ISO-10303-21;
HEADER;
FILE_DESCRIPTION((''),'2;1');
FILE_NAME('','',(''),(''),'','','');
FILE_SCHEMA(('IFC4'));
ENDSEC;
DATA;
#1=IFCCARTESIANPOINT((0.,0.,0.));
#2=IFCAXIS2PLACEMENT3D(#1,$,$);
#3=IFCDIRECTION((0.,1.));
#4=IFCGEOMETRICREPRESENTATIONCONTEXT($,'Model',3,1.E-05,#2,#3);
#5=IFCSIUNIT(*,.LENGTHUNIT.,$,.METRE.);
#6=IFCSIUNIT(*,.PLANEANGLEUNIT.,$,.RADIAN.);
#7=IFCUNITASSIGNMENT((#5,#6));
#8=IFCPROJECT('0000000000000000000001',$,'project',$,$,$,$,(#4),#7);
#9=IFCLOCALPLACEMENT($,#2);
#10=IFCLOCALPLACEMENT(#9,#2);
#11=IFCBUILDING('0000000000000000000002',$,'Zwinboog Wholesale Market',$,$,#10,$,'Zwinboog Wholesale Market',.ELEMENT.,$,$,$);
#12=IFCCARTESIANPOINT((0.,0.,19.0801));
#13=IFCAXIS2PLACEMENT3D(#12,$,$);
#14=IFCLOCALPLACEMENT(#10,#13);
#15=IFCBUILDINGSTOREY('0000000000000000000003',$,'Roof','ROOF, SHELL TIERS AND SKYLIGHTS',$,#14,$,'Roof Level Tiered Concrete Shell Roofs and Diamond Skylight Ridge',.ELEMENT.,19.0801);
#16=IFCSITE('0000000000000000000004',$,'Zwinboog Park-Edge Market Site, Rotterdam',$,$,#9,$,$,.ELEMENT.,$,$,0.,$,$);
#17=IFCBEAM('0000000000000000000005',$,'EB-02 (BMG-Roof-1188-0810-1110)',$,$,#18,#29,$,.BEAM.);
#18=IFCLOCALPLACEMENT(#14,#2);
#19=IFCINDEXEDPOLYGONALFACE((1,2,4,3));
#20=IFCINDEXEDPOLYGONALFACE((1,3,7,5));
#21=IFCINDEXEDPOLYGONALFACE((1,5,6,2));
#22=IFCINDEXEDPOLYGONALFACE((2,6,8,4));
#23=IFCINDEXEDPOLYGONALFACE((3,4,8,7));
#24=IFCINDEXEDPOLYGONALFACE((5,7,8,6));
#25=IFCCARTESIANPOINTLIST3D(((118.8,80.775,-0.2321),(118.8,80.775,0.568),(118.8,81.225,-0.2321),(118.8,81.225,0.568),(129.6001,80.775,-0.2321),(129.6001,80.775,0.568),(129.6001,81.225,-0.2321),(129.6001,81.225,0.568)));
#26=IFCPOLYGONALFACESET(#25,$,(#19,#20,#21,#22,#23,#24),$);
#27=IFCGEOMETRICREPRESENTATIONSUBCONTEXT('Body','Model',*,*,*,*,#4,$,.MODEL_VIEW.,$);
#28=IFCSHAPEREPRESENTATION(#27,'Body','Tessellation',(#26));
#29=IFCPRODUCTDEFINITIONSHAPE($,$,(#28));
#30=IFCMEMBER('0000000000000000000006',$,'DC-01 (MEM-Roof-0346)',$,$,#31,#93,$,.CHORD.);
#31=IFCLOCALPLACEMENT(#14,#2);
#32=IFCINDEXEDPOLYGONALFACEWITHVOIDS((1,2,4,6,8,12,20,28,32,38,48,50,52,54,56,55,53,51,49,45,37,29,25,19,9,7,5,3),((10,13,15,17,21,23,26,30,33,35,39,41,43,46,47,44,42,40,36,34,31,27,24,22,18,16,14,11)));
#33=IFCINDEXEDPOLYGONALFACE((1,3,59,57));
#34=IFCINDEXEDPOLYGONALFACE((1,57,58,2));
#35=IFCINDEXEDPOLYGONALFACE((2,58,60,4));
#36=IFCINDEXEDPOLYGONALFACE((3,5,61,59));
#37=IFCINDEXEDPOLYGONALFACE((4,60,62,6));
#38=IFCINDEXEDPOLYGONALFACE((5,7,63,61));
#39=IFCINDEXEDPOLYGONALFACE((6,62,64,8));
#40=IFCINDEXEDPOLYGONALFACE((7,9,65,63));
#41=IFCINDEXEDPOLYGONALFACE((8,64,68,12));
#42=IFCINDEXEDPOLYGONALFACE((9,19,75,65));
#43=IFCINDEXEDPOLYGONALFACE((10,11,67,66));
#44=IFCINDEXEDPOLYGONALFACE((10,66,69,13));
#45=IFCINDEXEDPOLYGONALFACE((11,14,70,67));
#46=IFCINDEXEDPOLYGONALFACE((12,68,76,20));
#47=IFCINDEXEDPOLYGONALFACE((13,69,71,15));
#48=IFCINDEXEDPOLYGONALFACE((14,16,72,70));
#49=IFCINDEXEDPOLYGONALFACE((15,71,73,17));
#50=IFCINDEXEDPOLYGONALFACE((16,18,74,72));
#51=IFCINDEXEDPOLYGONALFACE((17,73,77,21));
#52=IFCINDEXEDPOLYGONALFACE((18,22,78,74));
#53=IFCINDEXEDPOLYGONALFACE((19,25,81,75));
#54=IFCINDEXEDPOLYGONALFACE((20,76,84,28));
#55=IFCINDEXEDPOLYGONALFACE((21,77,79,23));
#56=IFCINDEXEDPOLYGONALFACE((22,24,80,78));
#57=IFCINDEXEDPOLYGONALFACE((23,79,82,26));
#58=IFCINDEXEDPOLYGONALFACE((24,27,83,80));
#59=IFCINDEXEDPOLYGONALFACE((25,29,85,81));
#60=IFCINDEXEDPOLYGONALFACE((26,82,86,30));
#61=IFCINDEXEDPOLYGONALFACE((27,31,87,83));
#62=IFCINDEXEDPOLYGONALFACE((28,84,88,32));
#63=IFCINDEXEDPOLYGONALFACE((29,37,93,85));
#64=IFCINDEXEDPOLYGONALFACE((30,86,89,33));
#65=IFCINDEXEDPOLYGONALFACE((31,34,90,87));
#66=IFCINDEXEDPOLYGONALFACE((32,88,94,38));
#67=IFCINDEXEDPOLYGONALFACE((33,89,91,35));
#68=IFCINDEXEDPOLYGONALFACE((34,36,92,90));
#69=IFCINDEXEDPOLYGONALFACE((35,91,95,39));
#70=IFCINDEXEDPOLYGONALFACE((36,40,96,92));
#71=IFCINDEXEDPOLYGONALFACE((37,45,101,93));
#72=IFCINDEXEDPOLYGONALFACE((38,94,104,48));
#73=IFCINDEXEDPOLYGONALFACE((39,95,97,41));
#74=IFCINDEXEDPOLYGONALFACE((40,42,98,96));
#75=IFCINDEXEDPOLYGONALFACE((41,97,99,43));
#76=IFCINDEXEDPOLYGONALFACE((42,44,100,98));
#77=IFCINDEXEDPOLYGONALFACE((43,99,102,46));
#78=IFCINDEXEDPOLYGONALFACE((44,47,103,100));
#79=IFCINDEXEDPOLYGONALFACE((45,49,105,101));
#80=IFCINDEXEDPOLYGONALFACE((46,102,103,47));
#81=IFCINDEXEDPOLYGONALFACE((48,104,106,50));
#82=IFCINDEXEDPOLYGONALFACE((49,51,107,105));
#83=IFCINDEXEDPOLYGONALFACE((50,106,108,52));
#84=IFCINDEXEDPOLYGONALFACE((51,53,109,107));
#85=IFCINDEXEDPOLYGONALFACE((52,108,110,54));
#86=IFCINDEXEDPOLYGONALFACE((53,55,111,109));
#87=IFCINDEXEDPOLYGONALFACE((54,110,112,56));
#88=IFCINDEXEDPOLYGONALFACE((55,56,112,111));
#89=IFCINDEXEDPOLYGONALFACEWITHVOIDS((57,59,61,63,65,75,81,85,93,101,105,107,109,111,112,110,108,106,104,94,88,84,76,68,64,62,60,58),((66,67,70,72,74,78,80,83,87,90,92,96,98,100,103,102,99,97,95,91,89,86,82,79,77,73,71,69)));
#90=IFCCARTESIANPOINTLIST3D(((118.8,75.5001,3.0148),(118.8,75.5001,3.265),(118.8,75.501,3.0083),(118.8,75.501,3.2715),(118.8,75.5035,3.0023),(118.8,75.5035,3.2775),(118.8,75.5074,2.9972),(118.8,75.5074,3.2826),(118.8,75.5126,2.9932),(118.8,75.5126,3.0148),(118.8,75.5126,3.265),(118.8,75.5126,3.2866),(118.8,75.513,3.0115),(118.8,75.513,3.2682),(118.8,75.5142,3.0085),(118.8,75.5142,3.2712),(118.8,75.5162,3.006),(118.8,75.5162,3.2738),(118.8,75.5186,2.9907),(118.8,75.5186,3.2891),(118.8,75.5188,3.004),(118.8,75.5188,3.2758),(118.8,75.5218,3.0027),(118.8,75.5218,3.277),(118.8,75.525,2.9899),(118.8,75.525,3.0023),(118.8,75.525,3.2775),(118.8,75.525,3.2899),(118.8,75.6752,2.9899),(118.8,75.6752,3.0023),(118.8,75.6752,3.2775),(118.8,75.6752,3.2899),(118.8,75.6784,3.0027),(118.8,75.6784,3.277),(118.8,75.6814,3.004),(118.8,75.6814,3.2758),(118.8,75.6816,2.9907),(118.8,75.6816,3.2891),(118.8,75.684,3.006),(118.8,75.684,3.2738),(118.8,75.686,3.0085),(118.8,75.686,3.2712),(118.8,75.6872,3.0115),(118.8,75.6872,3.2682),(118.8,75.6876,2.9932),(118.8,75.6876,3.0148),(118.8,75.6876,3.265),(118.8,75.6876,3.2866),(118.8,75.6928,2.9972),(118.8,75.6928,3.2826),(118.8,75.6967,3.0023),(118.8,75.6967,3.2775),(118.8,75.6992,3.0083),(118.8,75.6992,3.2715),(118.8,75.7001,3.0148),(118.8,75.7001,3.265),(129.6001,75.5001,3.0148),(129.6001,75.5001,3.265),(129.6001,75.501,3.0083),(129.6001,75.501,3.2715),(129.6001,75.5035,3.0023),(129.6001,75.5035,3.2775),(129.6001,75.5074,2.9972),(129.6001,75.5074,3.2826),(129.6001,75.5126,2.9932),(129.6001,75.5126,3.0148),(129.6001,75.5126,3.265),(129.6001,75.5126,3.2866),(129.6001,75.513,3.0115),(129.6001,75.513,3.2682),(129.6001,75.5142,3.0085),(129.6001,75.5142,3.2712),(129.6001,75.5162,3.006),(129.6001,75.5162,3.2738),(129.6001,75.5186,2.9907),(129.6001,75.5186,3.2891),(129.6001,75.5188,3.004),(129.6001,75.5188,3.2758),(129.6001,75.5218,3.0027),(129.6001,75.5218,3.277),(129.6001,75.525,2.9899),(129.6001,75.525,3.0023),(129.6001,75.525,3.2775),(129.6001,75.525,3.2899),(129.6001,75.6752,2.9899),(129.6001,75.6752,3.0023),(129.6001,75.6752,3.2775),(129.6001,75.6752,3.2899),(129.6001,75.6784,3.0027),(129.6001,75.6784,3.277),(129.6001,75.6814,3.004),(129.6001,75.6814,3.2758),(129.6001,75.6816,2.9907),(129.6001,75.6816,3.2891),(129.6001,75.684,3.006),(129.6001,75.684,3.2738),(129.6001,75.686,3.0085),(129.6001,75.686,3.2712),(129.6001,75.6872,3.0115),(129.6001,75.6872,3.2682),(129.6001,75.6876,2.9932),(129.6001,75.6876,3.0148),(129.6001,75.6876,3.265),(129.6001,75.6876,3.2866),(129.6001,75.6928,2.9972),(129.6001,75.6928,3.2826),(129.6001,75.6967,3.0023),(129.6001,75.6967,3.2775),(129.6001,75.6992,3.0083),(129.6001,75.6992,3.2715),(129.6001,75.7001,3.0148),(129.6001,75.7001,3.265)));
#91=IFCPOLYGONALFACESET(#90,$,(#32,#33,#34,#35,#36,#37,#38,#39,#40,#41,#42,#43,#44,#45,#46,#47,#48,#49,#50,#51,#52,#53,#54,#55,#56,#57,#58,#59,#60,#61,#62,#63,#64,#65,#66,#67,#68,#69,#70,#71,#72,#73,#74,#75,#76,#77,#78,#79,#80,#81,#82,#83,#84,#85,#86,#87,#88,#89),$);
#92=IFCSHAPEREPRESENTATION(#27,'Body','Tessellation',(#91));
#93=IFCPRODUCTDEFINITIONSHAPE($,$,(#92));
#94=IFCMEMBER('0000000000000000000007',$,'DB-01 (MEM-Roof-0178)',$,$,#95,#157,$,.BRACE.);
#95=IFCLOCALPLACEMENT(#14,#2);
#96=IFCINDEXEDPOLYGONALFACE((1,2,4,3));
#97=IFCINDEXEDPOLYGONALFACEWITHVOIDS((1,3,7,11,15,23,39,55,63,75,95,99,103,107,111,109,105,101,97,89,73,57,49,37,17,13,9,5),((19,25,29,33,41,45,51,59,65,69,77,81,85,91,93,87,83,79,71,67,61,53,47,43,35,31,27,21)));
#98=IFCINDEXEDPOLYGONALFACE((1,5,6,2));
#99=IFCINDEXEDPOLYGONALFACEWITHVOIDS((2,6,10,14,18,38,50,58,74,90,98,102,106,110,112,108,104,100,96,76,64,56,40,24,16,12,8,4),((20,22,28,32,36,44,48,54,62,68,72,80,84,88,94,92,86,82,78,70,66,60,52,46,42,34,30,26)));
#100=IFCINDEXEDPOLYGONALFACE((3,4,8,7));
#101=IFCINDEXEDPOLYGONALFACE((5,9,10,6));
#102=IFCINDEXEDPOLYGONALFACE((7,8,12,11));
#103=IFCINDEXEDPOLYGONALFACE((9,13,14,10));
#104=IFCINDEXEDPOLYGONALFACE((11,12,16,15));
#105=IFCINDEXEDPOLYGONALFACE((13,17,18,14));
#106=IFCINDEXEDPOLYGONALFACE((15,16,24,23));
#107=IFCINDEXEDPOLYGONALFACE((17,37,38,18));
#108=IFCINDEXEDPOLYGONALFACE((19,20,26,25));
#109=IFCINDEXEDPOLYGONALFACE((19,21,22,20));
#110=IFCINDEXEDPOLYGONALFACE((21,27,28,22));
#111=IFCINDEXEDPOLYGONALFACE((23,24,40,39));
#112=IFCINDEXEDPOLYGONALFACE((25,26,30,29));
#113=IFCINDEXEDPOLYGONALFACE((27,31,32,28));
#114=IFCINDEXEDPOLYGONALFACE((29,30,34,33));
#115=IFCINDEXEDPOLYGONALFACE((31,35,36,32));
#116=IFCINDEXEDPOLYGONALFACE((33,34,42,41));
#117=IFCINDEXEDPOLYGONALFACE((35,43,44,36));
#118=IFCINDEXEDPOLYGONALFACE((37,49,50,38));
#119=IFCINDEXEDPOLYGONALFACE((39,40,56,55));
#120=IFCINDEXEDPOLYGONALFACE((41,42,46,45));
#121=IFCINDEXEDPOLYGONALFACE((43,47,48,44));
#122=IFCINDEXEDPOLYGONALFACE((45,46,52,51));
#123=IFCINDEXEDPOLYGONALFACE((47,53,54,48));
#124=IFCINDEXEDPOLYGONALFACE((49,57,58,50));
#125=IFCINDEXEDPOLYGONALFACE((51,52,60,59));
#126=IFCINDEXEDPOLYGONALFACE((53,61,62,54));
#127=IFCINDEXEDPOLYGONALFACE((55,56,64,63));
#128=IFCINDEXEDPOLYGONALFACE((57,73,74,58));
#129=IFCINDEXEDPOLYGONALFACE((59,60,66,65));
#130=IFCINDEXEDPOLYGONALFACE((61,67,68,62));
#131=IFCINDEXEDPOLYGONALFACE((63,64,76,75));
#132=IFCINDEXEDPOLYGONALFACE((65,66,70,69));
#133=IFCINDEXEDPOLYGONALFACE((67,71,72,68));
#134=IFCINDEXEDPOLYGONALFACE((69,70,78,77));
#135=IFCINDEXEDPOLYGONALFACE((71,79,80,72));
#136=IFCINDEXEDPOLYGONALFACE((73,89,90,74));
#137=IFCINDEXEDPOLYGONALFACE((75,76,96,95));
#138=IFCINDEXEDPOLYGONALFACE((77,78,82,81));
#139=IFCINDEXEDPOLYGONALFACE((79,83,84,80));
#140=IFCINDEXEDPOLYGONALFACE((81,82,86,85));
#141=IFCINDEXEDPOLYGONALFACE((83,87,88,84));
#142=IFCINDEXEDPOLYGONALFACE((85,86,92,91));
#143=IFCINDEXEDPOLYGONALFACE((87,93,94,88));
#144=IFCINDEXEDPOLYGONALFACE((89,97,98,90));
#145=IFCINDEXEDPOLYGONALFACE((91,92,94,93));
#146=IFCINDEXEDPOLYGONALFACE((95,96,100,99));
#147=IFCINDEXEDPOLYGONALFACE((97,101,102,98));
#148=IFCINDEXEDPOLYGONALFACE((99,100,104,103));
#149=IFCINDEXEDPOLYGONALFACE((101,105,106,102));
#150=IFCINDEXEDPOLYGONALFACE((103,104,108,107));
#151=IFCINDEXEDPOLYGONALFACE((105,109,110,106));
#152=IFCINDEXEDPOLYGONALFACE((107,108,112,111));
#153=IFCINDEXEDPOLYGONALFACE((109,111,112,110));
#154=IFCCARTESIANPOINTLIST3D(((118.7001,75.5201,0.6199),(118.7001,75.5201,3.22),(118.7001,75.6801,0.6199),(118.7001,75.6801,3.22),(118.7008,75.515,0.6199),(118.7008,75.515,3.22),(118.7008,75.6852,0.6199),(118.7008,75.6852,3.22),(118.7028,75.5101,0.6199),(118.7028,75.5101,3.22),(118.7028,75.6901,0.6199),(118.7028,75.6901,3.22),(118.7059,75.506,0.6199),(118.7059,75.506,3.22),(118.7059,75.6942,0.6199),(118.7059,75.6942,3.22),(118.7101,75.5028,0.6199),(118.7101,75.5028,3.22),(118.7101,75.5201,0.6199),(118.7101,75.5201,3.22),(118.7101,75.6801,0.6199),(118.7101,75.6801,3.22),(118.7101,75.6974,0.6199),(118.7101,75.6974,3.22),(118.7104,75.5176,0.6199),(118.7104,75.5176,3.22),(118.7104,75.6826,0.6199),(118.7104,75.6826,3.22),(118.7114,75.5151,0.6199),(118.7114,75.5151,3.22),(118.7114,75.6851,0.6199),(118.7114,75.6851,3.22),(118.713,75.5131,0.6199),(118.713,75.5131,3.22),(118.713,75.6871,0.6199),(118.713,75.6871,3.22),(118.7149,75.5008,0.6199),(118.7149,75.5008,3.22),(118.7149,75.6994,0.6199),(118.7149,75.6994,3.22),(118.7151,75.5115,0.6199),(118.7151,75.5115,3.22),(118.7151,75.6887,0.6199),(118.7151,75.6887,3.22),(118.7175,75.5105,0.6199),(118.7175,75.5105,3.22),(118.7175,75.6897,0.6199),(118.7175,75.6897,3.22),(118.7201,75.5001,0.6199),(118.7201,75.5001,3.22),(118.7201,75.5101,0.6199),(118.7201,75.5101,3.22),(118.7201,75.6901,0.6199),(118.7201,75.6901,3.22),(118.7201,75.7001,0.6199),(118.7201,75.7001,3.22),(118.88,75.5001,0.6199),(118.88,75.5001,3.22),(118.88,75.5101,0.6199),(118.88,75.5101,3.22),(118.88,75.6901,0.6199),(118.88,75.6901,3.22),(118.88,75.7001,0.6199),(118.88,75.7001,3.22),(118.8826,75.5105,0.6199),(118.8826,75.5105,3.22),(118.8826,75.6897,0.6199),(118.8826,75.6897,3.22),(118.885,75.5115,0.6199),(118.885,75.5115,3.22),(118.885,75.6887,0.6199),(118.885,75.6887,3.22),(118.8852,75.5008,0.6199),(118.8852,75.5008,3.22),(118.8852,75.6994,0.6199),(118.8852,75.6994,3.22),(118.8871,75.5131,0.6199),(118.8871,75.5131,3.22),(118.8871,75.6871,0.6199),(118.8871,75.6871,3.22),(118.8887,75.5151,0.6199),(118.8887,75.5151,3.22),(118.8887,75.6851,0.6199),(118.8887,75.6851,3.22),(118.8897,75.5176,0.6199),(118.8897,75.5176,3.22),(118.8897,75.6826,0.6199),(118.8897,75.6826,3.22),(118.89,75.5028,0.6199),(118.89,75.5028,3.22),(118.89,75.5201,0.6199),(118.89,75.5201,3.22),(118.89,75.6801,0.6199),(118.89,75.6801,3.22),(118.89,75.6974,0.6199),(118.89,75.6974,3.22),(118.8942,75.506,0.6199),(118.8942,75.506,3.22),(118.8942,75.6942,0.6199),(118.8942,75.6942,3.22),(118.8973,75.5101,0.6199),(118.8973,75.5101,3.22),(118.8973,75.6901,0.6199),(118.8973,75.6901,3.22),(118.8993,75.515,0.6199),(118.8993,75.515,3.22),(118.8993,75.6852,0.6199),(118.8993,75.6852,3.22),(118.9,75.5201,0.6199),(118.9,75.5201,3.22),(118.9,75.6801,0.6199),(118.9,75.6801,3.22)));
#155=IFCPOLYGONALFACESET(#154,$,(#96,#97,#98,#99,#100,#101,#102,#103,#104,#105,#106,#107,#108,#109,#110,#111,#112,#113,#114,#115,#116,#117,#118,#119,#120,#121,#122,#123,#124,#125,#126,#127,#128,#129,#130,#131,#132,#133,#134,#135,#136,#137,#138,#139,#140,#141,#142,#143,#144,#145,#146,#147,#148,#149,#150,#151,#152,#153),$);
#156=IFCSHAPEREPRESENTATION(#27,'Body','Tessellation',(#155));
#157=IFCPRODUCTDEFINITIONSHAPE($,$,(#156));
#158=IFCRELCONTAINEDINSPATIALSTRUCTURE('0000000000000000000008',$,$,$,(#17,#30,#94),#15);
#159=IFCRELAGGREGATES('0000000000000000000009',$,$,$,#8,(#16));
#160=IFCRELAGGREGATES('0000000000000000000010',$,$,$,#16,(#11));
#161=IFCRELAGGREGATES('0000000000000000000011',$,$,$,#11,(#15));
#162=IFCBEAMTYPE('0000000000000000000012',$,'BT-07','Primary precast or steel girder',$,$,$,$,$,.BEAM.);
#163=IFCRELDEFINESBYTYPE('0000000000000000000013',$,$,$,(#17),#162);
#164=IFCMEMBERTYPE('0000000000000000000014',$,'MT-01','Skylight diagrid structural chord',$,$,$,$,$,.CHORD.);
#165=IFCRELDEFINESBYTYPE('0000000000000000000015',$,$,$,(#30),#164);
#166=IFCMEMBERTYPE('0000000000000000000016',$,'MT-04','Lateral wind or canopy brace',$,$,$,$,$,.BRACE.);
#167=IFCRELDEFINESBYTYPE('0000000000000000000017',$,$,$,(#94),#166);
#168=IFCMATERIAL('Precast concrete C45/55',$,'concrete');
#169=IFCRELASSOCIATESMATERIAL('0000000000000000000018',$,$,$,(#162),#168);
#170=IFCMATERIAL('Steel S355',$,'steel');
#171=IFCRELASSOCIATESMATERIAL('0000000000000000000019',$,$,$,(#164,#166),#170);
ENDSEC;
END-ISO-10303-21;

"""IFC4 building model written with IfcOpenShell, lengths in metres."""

from ifc_helpers import new_model, si_unit, direction, frame, origin, origin_2d, place, context, subcontext, project, spatial, rectangle, hollow_rectangle, extrude, material, material_profile, profile_set, type_object, element, save


model = new_model("IFC4")

# Units and contexts
model_context = context("Model", 3, precision=1e-05, world=origin(), true_north=direction((0.0, 1.0)))
body_context = subcontext(model_context, "Body", "Model", "MODEL_VIEW")
ifc_project = project(units=[si_unit("LENGTHUNIT", "METRE"), si_unit("PLANEANGLEUNIT", "RADIAN")], contexts=[model_context])

# Site, building, storey
site_placement = place(None, origin())
site = spatial("IfcSite", under=ifc_project, at=site_placement, Name="Zwinboog Park-Edge Market Site, Rotterdam", CompositionType="ELEMENT", RefElevation=0.0)
building_placement = place(site_placement, origin())
building = spatial("IfcBuilding", under=site, at=building_placement, Name="Zwinboog Wholesale Market", LongName="Zwinboog Wholesale Market", CompositionType="ELEMENT")
storey_placement = place(building_placement, frame((0.0, 0.0, 19.0801)))
storey = spatial("IfcBuildingStorey", under=building, at=storey_placement, Name="Roof", Description="ROOF, SHELL TIERS AND SKYLIGHTS", LongName="Roof Level Tiered Concrete Shell Roofs and Diamond Skylight Ridge", CompositionType="ELEMENT", Elevation=19.0801)

# Beam
ifc_material_1 = material(Name="Precast concrete C45/55", Category="concrete")
ifc_material_profile_1 = material_profile(ifc_material_1, rectangle(XDim=0.45, YDim=0.8, at=origin_2d()), Name="PC 450x800")
ifc_profile_set_1 = profile_set([ifc_material_profile_1], Name="Precast concrete C45/55")
beam_type = type_object("IfcBeamType", Name="BT-07", Description="Primary precast or steel girder", PredefinedType="BEAM", material=ifc_profile_set_1)
beam_placement = place(storey_placement, frame((118.8, 81.0, 0.168), z_axis=(1.0, 0.0, 0.0), x_axis=(0.0, 1.0, 0.0)))
element("IfcBeam", 1, at=beam_placement, inside=storey, type_object=beam_type, Name="EB-02 (BMG-Roof-1188-0810-1110)", PredefinedType="BEAM", context=body_context, shape_type="SweptSolid", body=[
    extrude(rectangle(XDim=0.45, YDim=0.8, at=origin_2d()), origin(), (0.0, 0.0, 1.0), 10.8),
])

# Members
ifc_material_2 = material(Name="Steel S355", Category="steel")
ifc_material_profile_2 = material_profile(ifc_material_2, hollow_rectangle(XDim=0.2, YDim=0.3, WallThickness=0.0125, InnerFilletRadius=0.0125, OuterFilletRadius=0.0249, at=origin_2d()), Name="RHS 300x200x12.5")
ifc_profile_set_2 = profile_set([ifc_material_profile_2], Name="Steel S355")
member_type_1 = type_object("IfcMemberType", Name="MT-01", Description="Skylight diagrid structural chord", PredefinedType="CHORD", material=ifc_profile_set_2)
member_1_placement = place(storey_placement, frame((118.8, 75.6001, 3.1399), z_axis=(1.0, 0.0, 0.0), x_axis=(0.0, 1.0, 0.0)))
element("IfcMember", 2, at=member_1_placement, inside=storey, type_object=member_type_1, Name="DC-01 (MEM-Roof-0346)", PredefinedType="CHORD", context=body_context, shape_type="SweptSolid", body=[
    extrude(hollow_rectangle(XDim=0.2, YDim=0.3, WallThickness=0.0125, InnerFilletRadius=0.0125, OuterFilletRadius=0.0249, at=origin_2d()), origin(), (0.0, 0.0, 1.0), 10.8),
])
ifc_material_profile_3 = material_profile(ifc_material_2, hollow_rectangle(XDim=0.2, YDim=0.2, WallThickness=0.01, InnerFilletRadius=0.01, OuterFilletRadius=0.02, at=origin_2d()), Name="SHS 200x200x10")
ifc_profile_set_3 = profile_set([ifc_material_profile_3], Name="Steel S355")
member_type_2 = type_object("IfcMemberType", Name="MT-04", Description="Lateral wind or canopy brace", PredefinedType="BRACE", material=ifc_profile_set_3)
member_2_placement = place(storey_placement, frame((118.8, 75.6001, 0.6199), z_axis=(0.0, 0.0, 1.0), x_axis=(1.0, 0.0, 0.0)))
element("IfcMember", 3, at=member_2_placement, inside=storey, type_object=member_type_2, Name="DB-01 (MEM-Roof-0178)", PredefinedType="BRACE", context=body_context, shape_type="SweptSolid", body=[
    extrude(hollow_rectangle(XDim=0.2, YDim=0.2, WallThickness=0.01, InnerFilletRadius=0.01, OuterFilletRadius=0.02, at=origin_2d()), origin(), (0.0, 0.0, 1.0), 2.6001),
])

save(model, "model.ifc")
